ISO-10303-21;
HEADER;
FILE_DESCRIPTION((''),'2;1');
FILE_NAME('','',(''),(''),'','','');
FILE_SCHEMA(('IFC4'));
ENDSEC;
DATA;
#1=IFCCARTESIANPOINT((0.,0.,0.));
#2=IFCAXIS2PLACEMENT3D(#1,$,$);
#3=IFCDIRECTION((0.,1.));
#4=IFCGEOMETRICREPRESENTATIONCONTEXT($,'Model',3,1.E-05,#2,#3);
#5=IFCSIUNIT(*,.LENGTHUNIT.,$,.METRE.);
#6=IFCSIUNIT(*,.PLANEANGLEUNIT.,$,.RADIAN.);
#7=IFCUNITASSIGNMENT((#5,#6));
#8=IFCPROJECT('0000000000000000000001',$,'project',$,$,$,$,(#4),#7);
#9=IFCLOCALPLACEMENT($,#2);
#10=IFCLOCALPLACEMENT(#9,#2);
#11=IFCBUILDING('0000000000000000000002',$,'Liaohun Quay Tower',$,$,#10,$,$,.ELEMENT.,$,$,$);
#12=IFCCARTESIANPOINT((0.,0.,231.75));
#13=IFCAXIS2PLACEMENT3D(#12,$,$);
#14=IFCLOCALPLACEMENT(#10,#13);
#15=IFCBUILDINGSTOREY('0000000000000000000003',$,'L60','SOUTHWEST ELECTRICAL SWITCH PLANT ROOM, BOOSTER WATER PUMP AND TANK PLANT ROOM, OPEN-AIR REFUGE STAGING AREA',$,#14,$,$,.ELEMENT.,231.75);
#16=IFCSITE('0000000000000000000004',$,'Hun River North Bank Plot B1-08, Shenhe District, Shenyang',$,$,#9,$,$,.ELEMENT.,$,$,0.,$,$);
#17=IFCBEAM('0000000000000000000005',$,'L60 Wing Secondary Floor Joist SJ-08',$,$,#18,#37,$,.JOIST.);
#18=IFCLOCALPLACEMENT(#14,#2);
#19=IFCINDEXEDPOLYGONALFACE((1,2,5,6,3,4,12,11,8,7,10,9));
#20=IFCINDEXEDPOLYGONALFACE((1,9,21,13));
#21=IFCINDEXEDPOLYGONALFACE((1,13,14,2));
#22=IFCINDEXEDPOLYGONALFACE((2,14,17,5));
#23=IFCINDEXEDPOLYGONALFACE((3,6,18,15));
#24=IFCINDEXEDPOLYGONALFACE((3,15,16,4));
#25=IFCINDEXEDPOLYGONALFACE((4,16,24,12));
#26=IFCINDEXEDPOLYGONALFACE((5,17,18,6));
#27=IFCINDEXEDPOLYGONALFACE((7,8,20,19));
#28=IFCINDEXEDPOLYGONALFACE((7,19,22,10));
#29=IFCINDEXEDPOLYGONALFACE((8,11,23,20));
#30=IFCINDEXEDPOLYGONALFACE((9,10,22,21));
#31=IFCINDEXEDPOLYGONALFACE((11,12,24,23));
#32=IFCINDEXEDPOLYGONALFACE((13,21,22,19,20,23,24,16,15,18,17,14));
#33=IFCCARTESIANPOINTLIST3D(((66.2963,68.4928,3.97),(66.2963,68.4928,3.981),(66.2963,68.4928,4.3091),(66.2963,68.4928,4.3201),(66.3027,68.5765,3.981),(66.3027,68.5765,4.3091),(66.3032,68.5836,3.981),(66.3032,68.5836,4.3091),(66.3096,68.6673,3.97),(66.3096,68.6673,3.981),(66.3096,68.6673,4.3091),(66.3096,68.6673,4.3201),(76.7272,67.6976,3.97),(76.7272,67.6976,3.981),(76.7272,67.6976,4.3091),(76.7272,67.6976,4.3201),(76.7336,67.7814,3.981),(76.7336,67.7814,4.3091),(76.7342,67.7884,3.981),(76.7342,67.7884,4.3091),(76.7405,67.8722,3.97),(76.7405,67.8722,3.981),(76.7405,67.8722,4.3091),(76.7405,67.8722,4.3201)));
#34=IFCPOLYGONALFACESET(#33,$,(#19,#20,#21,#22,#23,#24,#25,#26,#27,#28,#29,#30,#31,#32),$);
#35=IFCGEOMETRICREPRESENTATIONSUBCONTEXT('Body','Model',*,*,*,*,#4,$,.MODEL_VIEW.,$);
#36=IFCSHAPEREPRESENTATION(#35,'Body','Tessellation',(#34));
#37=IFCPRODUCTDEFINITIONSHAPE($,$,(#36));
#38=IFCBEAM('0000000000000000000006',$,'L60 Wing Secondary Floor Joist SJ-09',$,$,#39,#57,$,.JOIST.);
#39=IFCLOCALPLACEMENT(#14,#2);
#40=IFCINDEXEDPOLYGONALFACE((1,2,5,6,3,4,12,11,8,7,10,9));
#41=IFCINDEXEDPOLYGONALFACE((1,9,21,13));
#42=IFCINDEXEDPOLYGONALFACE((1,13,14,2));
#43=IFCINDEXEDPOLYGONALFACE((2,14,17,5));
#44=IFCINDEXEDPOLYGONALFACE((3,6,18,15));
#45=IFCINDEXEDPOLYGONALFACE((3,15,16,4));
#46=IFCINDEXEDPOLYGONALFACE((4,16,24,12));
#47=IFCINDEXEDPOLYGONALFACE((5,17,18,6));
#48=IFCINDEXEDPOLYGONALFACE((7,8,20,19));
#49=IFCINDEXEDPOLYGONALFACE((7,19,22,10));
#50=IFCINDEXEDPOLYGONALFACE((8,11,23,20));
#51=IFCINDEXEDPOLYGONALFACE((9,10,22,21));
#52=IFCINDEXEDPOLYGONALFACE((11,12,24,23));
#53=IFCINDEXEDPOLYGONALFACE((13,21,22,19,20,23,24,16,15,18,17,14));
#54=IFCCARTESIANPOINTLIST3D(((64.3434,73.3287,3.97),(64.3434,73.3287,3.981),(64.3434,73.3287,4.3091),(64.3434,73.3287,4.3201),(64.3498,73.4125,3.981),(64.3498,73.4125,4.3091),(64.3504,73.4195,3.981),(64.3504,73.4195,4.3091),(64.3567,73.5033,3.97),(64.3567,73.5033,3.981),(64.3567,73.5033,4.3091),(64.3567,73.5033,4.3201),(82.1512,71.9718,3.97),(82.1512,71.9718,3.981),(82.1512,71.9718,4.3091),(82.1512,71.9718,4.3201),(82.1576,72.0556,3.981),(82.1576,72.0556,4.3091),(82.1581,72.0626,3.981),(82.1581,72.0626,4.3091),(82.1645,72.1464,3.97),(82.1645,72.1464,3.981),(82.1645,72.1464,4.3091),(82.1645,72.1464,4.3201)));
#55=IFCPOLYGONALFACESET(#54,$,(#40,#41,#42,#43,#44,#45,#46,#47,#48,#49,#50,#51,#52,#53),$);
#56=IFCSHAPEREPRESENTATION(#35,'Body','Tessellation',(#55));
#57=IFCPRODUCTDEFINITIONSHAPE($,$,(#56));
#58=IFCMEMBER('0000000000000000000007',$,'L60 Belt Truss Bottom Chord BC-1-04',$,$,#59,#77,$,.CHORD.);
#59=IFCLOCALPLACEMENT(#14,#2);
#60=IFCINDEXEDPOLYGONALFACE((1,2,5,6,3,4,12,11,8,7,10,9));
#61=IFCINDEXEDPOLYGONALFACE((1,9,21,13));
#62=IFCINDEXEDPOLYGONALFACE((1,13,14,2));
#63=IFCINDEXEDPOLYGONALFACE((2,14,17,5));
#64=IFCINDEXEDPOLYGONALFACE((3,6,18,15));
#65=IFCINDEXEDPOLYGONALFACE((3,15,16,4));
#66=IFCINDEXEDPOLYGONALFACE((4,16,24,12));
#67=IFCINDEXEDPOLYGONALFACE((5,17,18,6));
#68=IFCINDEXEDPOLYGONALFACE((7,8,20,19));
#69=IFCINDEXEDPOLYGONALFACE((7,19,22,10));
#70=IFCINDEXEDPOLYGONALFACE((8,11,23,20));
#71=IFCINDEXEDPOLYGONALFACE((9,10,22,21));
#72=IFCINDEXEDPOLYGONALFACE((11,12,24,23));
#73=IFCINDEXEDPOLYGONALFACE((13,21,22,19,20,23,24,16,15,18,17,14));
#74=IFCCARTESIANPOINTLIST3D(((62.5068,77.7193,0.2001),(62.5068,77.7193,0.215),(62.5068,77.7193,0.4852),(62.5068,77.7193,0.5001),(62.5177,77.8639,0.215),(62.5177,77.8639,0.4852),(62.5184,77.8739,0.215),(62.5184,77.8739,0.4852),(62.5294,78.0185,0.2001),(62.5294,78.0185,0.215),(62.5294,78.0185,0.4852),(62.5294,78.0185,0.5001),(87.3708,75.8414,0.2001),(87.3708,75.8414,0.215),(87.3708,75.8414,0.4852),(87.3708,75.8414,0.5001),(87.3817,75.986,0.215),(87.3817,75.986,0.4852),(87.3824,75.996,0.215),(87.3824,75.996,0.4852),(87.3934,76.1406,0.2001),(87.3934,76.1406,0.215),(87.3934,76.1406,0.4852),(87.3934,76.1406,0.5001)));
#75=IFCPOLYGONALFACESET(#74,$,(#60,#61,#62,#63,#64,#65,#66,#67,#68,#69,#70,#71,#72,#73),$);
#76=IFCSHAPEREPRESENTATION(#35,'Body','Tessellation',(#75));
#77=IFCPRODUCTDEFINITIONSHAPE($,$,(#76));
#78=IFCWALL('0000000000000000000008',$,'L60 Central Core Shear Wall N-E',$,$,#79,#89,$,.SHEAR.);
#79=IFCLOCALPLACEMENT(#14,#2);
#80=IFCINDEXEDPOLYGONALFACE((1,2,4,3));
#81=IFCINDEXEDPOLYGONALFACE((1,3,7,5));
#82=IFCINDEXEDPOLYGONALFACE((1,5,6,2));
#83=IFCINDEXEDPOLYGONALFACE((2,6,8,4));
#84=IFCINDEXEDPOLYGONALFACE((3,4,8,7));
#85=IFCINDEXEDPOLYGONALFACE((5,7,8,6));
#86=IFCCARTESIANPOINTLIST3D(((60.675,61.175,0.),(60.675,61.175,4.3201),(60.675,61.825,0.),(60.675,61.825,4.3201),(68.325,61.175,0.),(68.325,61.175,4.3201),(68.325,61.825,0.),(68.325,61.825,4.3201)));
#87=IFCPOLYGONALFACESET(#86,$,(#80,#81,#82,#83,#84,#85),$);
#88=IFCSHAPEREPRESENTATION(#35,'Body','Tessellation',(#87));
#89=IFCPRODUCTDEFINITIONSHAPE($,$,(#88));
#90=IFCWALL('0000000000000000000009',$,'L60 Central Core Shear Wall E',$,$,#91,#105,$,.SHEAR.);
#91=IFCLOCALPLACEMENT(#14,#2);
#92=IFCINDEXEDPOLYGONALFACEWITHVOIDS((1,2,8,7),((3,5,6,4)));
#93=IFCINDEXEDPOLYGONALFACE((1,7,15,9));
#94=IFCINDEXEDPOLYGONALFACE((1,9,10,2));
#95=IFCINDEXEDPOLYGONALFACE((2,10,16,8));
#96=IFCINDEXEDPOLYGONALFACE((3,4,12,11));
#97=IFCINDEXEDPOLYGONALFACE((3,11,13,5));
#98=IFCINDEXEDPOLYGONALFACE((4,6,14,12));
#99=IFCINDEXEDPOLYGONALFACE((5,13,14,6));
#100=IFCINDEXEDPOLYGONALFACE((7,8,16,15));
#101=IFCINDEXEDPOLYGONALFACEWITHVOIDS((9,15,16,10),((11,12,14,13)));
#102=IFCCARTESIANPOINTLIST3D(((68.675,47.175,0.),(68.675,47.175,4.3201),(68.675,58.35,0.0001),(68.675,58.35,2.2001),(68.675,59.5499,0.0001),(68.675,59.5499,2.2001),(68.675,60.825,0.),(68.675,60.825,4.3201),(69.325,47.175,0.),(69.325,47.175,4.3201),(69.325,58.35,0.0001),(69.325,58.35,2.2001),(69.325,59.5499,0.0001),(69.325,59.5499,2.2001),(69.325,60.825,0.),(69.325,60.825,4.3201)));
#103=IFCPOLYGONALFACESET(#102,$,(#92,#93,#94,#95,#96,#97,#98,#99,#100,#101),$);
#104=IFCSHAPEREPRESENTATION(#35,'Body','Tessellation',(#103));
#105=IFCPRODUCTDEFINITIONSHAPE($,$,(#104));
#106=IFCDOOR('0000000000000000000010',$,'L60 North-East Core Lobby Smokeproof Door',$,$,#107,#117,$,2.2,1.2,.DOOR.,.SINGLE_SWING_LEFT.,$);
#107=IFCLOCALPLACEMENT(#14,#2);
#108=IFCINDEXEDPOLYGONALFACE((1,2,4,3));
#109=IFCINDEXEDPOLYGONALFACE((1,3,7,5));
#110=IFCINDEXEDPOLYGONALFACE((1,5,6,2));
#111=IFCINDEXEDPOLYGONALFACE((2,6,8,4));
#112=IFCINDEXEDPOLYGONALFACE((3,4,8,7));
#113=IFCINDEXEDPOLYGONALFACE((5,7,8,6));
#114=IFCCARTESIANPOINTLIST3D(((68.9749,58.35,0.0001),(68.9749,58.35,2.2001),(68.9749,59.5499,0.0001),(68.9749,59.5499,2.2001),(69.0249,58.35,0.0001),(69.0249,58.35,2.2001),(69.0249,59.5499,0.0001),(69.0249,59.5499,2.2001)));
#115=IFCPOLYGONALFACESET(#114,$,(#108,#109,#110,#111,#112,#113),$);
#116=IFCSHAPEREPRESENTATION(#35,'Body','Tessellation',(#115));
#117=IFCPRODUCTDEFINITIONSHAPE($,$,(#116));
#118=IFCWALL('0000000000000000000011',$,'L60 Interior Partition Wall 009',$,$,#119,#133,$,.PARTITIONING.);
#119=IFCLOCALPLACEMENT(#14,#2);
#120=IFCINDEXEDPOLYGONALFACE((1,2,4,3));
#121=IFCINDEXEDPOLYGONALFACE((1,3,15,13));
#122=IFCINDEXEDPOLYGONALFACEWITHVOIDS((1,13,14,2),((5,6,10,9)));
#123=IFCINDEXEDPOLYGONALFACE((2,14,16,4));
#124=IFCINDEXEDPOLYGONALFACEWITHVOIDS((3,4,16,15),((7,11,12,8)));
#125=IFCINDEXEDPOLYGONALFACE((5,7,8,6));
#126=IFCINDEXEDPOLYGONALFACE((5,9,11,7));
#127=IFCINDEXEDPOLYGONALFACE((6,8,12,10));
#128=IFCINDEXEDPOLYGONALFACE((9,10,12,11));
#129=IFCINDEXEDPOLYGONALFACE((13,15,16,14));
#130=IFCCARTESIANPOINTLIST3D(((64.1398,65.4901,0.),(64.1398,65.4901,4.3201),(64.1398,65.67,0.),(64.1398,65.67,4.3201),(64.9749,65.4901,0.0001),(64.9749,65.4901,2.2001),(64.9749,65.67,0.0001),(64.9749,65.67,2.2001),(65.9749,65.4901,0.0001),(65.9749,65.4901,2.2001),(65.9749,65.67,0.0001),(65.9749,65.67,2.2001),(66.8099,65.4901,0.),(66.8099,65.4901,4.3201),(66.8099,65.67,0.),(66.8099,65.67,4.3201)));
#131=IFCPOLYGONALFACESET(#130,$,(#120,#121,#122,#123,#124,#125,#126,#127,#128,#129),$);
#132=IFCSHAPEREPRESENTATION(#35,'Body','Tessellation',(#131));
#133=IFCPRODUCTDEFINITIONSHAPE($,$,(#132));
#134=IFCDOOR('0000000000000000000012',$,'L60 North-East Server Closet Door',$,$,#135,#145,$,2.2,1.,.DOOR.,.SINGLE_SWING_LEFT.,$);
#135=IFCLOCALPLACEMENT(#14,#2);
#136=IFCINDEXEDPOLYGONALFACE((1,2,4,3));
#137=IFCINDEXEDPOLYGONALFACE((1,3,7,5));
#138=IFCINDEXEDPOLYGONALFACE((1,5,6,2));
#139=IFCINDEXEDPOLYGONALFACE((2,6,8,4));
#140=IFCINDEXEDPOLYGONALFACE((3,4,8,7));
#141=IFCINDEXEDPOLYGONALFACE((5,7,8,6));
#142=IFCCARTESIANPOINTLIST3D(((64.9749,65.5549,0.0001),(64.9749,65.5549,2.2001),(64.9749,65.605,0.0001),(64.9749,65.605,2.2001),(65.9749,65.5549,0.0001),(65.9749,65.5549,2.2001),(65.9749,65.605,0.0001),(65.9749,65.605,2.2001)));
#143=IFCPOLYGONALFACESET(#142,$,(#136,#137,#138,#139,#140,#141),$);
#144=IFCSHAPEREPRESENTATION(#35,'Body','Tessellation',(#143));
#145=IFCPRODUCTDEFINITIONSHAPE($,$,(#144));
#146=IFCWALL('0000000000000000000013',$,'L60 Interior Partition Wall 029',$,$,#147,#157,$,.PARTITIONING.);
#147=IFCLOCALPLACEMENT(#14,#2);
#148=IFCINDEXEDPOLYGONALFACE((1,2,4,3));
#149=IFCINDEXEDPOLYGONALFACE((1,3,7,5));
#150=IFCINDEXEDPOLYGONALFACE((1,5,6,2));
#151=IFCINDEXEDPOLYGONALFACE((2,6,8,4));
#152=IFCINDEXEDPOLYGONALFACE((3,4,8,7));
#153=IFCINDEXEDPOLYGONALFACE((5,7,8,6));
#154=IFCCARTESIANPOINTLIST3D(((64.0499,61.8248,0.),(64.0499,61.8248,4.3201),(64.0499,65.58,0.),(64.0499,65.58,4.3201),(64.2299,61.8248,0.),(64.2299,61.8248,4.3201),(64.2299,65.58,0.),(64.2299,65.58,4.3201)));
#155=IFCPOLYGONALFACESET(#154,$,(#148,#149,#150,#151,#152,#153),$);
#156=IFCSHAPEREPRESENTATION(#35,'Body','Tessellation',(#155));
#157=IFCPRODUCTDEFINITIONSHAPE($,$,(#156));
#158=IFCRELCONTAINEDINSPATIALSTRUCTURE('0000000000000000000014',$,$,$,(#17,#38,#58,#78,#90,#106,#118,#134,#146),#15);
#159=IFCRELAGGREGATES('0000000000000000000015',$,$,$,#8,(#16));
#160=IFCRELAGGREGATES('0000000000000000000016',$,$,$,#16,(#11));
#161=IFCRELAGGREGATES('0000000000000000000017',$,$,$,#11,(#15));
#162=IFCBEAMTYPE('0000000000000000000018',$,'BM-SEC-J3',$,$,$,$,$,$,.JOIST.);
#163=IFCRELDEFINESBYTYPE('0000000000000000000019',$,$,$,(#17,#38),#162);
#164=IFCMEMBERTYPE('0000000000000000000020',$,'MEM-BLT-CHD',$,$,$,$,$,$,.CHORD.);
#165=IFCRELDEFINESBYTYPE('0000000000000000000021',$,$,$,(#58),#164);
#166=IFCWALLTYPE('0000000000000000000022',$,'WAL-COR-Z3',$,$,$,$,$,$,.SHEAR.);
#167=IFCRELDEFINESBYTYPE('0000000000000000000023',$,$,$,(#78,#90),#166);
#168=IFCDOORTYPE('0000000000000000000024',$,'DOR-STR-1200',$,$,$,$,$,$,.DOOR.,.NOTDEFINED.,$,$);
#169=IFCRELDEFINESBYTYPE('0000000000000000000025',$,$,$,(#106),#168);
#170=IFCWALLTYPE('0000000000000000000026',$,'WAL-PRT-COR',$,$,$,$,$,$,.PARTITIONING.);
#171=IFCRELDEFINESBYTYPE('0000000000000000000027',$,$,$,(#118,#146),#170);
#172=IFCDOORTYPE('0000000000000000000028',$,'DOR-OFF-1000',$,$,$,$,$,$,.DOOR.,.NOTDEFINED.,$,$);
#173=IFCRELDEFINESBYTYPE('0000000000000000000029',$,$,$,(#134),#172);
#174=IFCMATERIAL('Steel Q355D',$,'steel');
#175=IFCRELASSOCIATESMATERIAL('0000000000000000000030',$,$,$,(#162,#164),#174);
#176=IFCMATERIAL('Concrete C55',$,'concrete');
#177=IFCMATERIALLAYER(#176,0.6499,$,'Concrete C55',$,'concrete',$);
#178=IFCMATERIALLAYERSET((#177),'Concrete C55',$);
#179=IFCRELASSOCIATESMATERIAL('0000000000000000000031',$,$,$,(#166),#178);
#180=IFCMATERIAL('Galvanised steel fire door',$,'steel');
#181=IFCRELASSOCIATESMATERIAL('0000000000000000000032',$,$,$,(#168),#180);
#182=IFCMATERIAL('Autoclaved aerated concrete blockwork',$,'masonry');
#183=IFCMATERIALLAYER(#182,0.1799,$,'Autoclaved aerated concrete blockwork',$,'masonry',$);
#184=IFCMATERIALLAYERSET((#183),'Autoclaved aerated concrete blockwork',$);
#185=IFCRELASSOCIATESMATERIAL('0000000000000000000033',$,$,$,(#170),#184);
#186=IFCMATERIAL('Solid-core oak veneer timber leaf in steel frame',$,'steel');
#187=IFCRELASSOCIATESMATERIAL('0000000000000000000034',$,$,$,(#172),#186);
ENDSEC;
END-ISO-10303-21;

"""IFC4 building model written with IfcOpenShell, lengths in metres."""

from ifc_helpers import new_model, si_unit, direction, frame, frame_2d, origin, origin_2d, place, context, subcontext, project, spatial, rectangle, i_section, extrude, source, transform, mapped, material, layer, layer_set, material_profile, profile_set, type_object, element, fill, save


model = new_model("IFC4")

# Units and contexts
model_context = context("Model", 3, precision=1e-05, world=origin(), true_north=direction((0.0, 1.0)))
body_context = subcontext(model_context, "Body", "Model", "MODEL_VIEW")
ifc_project = project(units=[si_unit("LENGTHUNIT", "METRE"), si_unit("PLANEANGLEUNIT", "RADIAN")], contexts=[model_context])

# Site, building, storey
site_placement = place(None, origin())
site = spatial("IfcSite", under=ifc_project, at=site_placement, Name="Hun River North Bank Plot B1-08, Shenhe District, Shenyang", CompositionType="ELEMENT", RefElevation=0.0)
building_placement = place(site_placement, origin())
building = spatial("IfcBuilding", under=site, at=building_placement, Name="Liaohun Quay Tower", CompositionType="ELEMENT")
storey_placement = place(building_placement, frame((0.0, 0.0, 231.75)))
storey = spatial("IfcBuildingStorey", under=building, at=storey_placement, Name="L60", Description="SOUTHWEST ELECTRICAL SWITCH PLANT ROOM, BOOSTER WATER PUMP AND TANK PLANT ROOM, OPEN-AIR REFUGE STAGING AREA", CompositionType="ELEMENT", Elevation=231.75)

# Shared definitions
ifc_material_1 = material(Name="Concrete C55", Category="concrete")

# Beams
ifc_material_2 = material(Name="Steel Q355D", Category="steel")
ifc_material_profile_1 = material_profile(ifc_material_2, i_section(OverallWidth=0.175, OverallDepth=0.3501, WebThickness=0.0071, FlangeThickness=0.011, at=origin_2d()), Name="HN350x175x7x11")
ifc_profile_set_1 = profile_set([ifc_material_profile_1], Name="Steel Q355D")
beam_type_1 = type_object("IfcBeamType", Name="BM-SEC-J3", PredefinedType="JOIST", material=ifc_profile_set_1)
shared_shape_1 = source(origin(), body_context, "Body", "SweptSolid", [
    extrude(i_section(OverallWidth=0.175, OverallDepth=0.3501, WebThickness=0.0071, FlangeThickness=0.011, at=origin_2d()), origin(), (0.0, 0.0, 1.0), 10.4612),
])
beam_1_placement = place(storey_placement, frame((66.303, 68.5801, 4.145), z_axis=(0.997107, -0.076011, 0.0), x_axis=(0.076011, 0.997107, 0.0)))
element("IfcBeam", 1, at=beam_1_placement, inside=storey, type_object=beam_type_1, Name="L60 Wing Secondary Floor Joist SJ-08", PredefinedType="JOIST", context=body_context, shape_type="MappedRepresentation", body=[
    mapped(shared_shape_1, transform((0.0, 0.0, 0.0), x_axis=(1.0, 0.0, 0.0), y_axis=(0.0, 1.0, 0.0), z_axis=(0.0, 0.0, 1.0), scale=1.0)),
])
shared_shape_2 = source(origin(), body_context, "Body", "SweptSolid", [
    extrude(i_section(OverallWidth=0.175, OverallDepth=0.3501, WebThickness=0.0071, FlangeThickness=0.011, at=origin_2d()), origin(), (0.0, 0.0, 1.0), 17.8594),
])
beam_2_placement = place(storey_placement, frame((64.3501, 73.416, 4.145), z_axis=(0.997109, -0.075978, 0.0), x_axis=(0.075978, 0.997109, 0.0)))
element("IfcBeam", 2, at=beam_2_placement, inside=storey, type_object=beam_type_1, Name="L60 Wing Secondary Floor Joist SJ-09", PredefinedType="JOIST", context=body_context, shape_type="MappedRepresentation", body=[
    mapped(shared_shape_2, transform((0.0, 0.0, 0.0), x_axis=(1.0, 0.0, 0.0), y_axis=(0.0, 1.0, 0.0), z_axis=(0.0, 0.0, 1.0), scale=1.0)),
])

# Member
ifc_material_profile_2 = material_profile(ifc_material_2, i_section(OverallWidth=0.3, OverallDepth=0.3, WebThickness=0.01, FlangeThickness=0.0149, at=origin_2d()), Name="HW300x300x10x15")
ifc_profile_set_2 = profile_set([ifc_material_profile_2], Name="Steel Q355D")
member_type = type_object("IfcMemberType", Name="MEM-BLT-CHD", PredefinedType="CHORD", material=ifc_profile_set_2)
shared_shape_3 = source(origin(), body_context, "Body", "SweptSolid", [
    extrude(i_section(OverallWidth=0.3, OverallDepth=0.3, WebThickness=0.01, FlangeThickness=0.0149, at=origin_2d()), origin(), (0.0, 0.0, 1.0), 24.9348),
])
member_placement = place(storey_placement, frame((62.5181, 77.8689, 0.3501), z_axis=(0.99716, -0.075314, 0.0), x_axis=(0.075314, 0.99716, 0.0)))
element("IfcMember", 3, at=member_placement, inside=storey, type_object=member_type, Name="L60 Belt Truss Bottom Chord BC-1-04", PredefinedType="CHORD", context=body_context, shape_type="MappedRepresentation", body=[
    mapped(shared_shape_3, transform((0.0, 0.0, 0.0), x_axis=(1.0, 0.0, 0.0), y_axis=(0.0, 1.0, 0.0), z_axis=(0.0, 0.0, 1.0), scale=1.0)),
])

# Wall
ifc_layer_1 = layer(ifc_material_1, 0.6499, Name="Concrete C55", Category="concrete")
ifc_layer_set_1 = layer_set([ifc_layer_1], Name="Concrete C55")
wall_type_1 = type_object("IfcWallType", Name="WAL-COR-Z3", PredefinedType="SHEAR", material=ifc_layer_set_1)
wall_1_placement = place(storey_placement, frame((60.675, 61.5, 0.0), z_axis=(0.0, 0.0, 1.0), x_axis=(1.0, 0.0, 0.0)))
element("IfcWall", 4, at=wall_1_placement, inside=storey, type_object=wall_type_1, Name="L60 Central Core Shear Wall N-E", PredefinedType="SHEAR", context=body_context, shape_type="SweptSolid", body=[
    extrude(rectangle(XDim=7.6499, YDim=0.6499, at=frame_2d((3.825, 0.0))), origin(), (0.0, 0.0, 1.0), 4.3201),
])

# Walls, openings, doors
wall_2_placement = place(storey_placement, frame((69.0, 60.825, 0.0), z_axis=(0.0, 0.0, 1.0), x_axis=(0.0, -1.0, 0.0)))
wall_2 = element("IfcWall", 5, at=wall_2_placement, inside=storey, type_object=wall_type_1, Name="L60 Central Core Shear Wall E", PredefinedType="SHEAR", context=body_context, shape_type="SweptSolid", body=[
    extrude(rectangle(XDim=13.6499, YDim=0.6499, at=frame_2d((6.825, 0.0))), origin(), (0.0, 0.0, 1.0), 4.3201),
])
shared_shape_4 = source(origin(), body_context, "Body", "SweptSolid", [
    extrude(rectangle(XDim=1.2, YDim=2.2, at=frame_2d((0.6001, 1.1001))), frame((0.0, 0.335, 0.0), z_axis=(0.0, -1.0, 0.0), x_axis=(1.0, 0.0, 0.0)), (0.0, 0.0, 1.0), 0.6699),
])
opening_1_placement = place(wall_2_placement, frame((1.2749, 0.0, 0.0)))
opening_1 = element("IfcOpeningElement", 6, at=opening_1_placement, cuts=wall_2, PredefinedType="OPENING", context=body_context, shape_type="MappedRepresentation", body=[
    mapped(shared_shape_4, transform((0.0, 0.0, 0.0), x_axis=(1.0, 0.0, 0.0), y_axis=(0.0, 1.0, 0.0), z_axis=(0.0, 0.0, 1.0), scale=1.0)),
])
ifc_material_3 = material(Name="Galvanised steel fire door", Category="steel")
door_type_1 = type_object("IfcDoorType", Name="DOR-STR-1200", OperationType="NOTDEFINED", PredefinedType="DOOR", material=ifc_material_3)
shared_shape_5 = source(origin(), body_context, "Body", "SweptSolid", [
    extrude(rectangle(XDim=1.2, YDim=2.2, at=frame_2d((0.6001, 1.1001))), frame((0.0, 0.0249, 0.0), z_axis=(0.0, -1.0, 0.0), x_axis=(1.0, 0.0, 0.0)), (0.0, 0.0, 1.0), 0.05),
])
door_1_placement = place(opening_1_placement, origin())
door_1 = element("IfcDoor", 7, at=door_1_placement, inside=storey, type_object=door_type_1, Name="L60 North-East Core Lobby Smokeproof Door", OperationType="SINGLE_SWING_LEFT", OverallHeight=2.2, OverallWidth=1.2, PredefinedType="DOOR", context=body_context, shape_type="MappedRepresentation", body=[
    mapped(shared_shape_5, transform((0.0, 0.0, 0.0), x_axis=(1.0, 0.0, 0.0), y_axis=(0.0, 1.0, 0.0), z_axis=(0.0, 0.0, 1.0), scale=1.0)),
])
fill(opening_1, door_1)
ifc_material_4 = material(Name="Autoclaved aerated concrete blockwork", Category="masonry")
ifc_layer_2 = layer(ifc_material_4, 0.1799, Name="Autoclaved aerated concrete blockwork", Category="masonry")
ifc_layer_set_2 = layer_set([ifc_layer_2], Name="Autoclaved aerated concrete blockwork")
wall_type_2 = type_object("IfcWallType", Name="WAL-PRT-COR", PredefinedType="PARTITIONING", material=ifc_layer_set_2)
wall_3_placement = place(storey_placement, frame((64.1399, 65.5801, 0.0), z_axis=(0.0, 0.0, 1.0), x_axis=(1.0, 0.0, 0.0)))
wall_3 = element("IfcWall", 8, at=wall_3_placement, inside=storey, type_object=wall_type_2, Name="L60 Interior Partition Wall 009", PredefinedType="PARTITIONING", context=body_context, shape_type="SweptSolid", body=[
    extrude(rectangle(XDim=2.6702, YDim=0.1799, at=frame_2d((1.335, 0.0))), origin(), (0.0, 0.0, 1.0), 4.3201),
])
shared_shape_6 = source(origin(), body_context, "Body", "SweptSolid", [
    extrude(rectangle(XDim=1.0, YDim=2.2, at=frame_2d((0.5, 1.1001))), frame((0.0, 0.0999, 0.0), z_axis=(0.0, -1.0, 0.0), x_axis=(1.0, 0.0, 0.0)), (0.0, 0.0, 1.0), 0.2),
])
opening_2_placement = place(wall_3_placement, frame((0.835, 0.0, 0.0)))
opening_2 = element("IfcOpeningElement", 9, at=opening_2_placement, cuts=wall_3, PredefinedType="OPENING", context=body_context, shape_type="MappedRepresentation", body=[
    mapped(shared_shape_6, transform((0.0, 0.0, 0.0), x_axis=(1.0, 0.0, 0.0), y_axis=(0.0, 1.0, 0.0), z_axis=(0.0, 0.0, 1.0), scale=1.0)),
])
ifc_material_5 = material(Name="Solid-core oak veneer timber leaf in steel frame", Category="steel")
door_type_2 = type_object("IfcDoorType", Name="DOR-OFF-1000", OperationType="NOTDEFINED", PredefinedType="DOOR", material=ifc_material_5)
shared_shape_7 = source(origin(), body_context, "Body", "SweptSolid", [
    extrude(rectangle(XDim=1.0, YDim=2.2, at=frame_2d((0.5, 1.1001))), frame((0.0, 0.0249, 0.0), z_axis=(0.0, -1.0, 0.0), x_axis=(1.0, 0.0, 0.0)), (0.0, 0.0, 1.0), 0.05),
])
door_2_placement = place(opening_2_placement, origin())
door_2 = element("IfcDoor", 10, at=door_2_placement, inside=storey, type_object=door_type_2, Name="L60 North-East Server Closet Door", OperationType="SINGLE_SWING_LEFT", OverallHeight=2.2, OverallWidth=1.0, PredefinedType="DOOR", context=body_context, shape_type="MappedRepresentation", body=[
    mapped(shared_shape_7, transform((0.0, 0.0, 0.0), x_axis=(1.0, 0.0, 0.0), y_axis=(0.0, 1.0, 0.0), z_axis=(0.0, 0.0, 1.0), scale=1.0)),
])
fill(opening_2, door_2)

# Wall
for number, where, z_axis, x_axis, name in (
    (11, (64.1399, 61.825, 0.0), (0.0, 0.0, 1.0), (0.0, 1.0, 0.0), "L60 Interior Partition Wall 029"),
):
    element("IfcWall", number, at=place(storey_placement, frame(where, z_axis=z_axis, x_axis=x_axis)), inside=storey, type_object=wall_type_2, Name=name, PredefinedType="PARTITIONING", context=body_context, shape_type="SweptSolid", body=[
        extrude(rectangle(XDim=3.7551, YDim=0.1799, at=frame_2d((1.8774, 0.0))), origin(), (0.0, 0.0, 1.0), 4.3201),
    ])

save(model, "model.ifc")
